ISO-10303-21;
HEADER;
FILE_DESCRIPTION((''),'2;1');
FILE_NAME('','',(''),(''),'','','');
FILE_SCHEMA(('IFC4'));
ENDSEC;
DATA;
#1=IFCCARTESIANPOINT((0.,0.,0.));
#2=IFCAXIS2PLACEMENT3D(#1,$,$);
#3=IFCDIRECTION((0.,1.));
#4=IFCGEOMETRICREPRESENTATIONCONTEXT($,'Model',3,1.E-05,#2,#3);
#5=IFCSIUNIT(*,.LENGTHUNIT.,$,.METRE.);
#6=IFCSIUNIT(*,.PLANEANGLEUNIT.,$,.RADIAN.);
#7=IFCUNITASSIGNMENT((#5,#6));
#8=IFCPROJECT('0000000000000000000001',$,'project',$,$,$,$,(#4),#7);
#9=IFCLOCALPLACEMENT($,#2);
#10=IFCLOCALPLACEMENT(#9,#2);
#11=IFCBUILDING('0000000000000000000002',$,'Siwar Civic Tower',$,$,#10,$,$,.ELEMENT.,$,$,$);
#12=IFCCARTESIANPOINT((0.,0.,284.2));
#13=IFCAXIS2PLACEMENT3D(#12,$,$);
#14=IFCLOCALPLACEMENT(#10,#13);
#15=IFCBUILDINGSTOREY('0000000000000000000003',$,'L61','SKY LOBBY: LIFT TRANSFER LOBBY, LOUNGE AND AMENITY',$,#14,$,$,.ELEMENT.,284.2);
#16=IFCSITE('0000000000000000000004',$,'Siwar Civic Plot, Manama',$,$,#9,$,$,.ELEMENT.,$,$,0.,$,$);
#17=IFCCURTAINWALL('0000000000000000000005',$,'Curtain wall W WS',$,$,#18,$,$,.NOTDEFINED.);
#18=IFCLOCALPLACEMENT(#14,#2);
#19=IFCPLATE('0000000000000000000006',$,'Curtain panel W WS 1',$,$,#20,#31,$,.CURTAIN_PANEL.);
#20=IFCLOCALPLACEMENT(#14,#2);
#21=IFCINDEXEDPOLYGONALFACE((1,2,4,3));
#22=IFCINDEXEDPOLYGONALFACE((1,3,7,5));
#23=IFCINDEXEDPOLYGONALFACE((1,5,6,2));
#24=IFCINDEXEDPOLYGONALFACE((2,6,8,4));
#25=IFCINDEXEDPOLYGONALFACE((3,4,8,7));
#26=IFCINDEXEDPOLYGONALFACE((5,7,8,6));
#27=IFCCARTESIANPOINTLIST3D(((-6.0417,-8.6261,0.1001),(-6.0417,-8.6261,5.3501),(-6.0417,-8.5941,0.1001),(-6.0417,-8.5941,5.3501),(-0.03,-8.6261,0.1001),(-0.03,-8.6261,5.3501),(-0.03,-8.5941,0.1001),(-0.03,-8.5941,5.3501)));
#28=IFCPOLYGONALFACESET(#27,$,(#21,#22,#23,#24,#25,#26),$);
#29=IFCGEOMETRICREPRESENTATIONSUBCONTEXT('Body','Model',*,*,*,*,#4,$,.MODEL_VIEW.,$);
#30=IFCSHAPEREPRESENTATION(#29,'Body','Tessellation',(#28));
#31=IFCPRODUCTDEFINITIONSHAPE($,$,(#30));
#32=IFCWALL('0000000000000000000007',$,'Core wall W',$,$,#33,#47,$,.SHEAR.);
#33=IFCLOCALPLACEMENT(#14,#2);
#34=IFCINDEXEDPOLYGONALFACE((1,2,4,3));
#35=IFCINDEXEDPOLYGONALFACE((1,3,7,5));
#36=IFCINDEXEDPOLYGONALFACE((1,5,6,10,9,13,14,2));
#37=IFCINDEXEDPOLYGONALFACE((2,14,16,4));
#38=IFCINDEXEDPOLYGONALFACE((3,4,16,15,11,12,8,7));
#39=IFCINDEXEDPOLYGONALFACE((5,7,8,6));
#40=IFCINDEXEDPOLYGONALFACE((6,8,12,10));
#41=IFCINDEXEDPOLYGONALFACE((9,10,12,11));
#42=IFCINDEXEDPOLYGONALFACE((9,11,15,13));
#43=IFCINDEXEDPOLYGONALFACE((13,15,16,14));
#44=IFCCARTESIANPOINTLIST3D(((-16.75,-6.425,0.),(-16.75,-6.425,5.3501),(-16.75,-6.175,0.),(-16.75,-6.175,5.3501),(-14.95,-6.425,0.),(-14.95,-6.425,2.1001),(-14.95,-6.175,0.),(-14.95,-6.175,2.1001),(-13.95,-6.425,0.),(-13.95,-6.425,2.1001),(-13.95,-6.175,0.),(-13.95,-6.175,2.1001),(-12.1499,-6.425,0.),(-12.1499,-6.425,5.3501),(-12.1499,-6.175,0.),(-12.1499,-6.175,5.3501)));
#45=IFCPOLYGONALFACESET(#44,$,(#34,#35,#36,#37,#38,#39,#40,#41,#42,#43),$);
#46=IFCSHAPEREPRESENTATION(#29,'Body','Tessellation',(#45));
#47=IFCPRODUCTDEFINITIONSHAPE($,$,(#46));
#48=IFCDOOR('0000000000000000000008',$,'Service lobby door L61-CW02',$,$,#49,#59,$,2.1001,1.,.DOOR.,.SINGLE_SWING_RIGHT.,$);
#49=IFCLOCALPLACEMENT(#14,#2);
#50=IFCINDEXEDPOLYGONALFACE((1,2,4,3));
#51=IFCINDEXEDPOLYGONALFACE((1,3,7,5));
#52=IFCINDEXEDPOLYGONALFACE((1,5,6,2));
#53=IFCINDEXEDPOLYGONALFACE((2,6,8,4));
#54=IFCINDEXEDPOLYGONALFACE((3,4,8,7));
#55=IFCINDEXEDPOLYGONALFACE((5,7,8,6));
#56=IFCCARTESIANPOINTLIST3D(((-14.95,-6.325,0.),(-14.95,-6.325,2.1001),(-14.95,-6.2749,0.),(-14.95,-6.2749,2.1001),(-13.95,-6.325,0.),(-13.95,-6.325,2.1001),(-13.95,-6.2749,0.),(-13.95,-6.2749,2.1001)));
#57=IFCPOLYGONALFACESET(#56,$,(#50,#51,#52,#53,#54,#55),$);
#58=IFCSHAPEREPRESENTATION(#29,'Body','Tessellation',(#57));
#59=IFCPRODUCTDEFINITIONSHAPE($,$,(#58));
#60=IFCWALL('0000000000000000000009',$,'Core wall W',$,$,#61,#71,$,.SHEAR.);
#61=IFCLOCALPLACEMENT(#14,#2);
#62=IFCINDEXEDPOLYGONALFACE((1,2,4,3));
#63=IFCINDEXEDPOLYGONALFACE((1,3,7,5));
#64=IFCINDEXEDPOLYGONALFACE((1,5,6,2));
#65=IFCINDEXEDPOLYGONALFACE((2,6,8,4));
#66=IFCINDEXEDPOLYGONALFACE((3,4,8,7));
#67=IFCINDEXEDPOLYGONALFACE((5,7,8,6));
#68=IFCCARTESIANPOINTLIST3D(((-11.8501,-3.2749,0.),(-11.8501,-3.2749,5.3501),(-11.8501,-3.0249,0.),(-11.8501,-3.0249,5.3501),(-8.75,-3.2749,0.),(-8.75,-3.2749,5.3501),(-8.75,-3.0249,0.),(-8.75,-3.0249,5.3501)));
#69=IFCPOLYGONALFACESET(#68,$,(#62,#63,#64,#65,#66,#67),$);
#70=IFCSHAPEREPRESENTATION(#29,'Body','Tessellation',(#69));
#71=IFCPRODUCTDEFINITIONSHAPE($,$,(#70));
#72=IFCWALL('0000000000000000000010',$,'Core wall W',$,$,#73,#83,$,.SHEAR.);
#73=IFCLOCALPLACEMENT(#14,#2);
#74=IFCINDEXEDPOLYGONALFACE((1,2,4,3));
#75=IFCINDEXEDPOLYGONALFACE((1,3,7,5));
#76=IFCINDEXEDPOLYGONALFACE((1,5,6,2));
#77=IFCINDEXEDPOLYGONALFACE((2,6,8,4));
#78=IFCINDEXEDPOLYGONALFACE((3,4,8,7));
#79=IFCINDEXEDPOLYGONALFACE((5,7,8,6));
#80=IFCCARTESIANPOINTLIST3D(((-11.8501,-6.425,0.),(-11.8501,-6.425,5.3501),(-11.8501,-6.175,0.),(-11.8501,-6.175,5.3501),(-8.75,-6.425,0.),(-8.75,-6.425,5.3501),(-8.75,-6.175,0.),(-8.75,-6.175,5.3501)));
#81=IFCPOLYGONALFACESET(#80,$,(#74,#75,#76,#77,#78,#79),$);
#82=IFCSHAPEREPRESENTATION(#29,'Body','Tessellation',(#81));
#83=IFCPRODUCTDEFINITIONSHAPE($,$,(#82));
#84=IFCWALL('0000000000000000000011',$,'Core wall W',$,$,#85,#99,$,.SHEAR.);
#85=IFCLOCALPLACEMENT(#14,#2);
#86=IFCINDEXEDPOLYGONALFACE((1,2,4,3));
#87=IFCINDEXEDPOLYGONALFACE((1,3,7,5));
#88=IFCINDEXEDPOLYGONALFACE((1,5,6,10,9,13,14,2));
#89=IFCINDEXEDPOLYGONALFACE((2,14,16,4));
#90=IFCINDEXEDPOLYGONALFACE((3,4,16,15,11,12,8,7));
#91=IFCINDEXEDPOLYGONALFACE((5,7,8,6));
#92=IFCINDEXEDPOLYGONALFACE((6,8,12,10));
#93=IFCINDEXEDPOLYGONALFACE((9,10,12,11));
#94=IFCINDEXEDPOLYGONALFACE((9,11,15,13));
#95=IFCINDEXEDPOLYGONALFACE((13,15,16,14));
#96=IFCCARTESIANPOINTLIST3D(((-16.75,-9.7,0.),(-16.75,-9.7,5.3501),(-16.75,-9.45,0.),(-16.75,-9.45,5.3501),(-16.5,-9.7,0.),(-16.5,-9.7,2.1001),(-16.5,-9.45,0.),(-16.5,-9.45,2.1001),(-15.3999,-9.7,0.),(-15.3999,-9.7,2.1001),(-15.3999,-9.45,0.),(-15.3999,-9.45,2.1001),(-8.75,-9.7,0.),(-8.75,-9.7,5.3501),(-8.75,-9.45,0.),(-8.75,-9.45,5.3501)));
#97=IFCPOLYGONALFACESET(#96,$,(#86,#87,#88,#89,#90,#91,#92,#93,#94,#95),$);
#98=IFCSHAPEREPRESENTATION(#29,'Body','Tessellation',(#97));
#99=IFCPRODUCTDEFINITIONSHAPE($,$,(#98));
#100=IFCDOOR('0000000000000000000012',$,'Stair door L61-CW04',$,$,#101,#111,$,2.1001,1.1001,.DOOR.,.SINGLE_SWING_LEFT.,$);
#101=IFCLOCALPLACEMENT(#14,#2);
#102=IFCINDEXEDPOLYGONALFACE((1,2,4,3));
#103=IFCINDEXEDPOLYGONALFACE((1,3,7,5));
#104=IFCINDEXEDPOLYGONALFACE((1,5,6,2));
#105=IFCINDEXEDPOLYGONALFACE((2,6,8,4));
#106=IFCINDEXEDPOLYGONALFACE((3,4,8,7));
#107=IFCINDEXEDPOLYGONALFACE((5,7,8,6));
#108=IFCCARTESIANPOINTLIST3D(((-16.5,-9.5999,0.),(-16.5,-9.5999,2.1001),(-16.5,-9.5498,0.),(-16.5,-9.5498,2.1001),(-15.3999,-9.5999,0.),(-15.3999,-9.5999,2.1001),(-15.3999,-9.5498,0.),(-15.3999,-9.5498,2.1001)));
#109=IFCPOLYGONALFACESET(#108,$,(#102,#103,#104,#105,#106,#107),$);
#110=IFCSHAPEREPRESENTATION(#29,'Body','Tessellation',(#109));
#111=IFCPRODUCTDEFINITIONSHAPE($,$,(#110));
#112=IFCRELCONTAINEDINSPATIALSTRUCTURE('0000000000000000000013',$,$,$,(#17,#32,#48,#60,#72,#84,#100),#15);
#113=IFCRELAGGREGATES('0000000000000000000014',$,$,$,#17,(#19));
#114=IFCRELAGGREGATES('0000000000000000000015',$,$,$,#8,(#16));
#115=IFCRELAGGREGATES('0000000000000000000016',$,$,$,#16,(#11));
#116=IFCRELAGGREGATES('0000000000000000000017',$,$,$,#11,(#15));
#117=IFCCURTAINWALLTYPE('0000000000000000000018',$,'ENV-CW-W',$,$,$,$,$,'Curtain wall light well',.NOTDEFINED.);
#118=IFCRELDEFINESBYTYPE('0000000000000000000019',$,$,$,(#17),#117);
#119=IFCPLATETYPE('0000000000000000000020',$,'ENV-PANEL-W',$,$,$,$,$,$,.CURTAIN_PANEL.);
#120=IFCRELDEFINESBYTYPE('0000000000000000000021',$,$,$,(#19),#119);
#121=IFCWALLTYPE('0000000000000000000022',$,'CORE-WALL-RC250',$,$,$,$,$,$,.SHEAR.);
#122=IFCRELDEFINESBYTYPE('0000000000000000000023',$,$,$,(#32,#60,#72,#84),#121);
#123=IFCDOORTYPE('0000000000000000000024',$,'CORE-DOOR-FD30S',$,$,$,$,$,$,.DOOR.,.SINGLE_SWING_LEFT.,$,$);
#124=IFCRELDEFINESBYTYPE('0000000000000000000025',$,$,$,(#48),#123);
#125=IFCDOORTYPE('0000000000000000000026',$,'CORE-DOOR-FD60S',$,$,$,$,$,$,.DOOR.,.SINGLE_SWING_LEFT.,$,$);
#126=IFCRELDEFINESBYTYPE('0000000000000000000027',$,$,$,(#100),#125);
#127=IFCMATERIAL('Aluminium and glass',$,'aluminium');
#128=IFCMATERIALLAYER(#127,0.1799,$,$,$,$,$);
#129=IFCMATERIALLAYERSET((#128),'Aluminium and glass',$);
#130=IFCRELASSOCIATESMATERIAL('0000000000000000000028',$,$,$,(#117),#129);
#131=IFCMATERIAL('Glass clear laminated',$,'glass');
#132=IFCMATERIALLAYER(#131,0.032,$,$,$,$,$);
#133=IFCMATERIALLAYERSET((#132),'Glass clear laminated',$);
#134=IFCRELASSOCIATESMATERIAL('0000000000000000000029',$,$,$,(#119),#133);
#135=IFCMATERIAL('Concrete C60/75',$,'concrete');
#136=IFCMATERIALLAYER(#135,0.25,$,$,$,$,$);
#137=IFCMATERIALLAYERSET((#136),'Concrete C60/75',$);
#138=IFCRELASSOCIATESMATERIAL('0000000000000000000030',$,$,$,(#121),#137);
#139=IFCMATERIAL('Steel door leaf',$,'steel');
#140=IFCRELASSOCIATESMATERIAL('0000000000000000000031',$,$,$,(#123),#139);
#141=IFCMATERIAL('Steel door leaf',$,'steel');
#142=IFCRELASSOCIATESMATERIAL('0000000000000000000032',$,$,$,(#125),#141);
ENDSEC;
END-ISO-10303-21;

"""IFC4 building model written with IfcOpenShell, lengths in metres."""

from ifc_helpers import new_model, si_unit, direction, frame, frame_2d, origin, origin_2d, place, context, subcontext, project, spatial, rectangle, extrude, material, layer, layer_set, type_object, element, fill, aggregate, save


model = new_model("IFC4")

# Units and contexts
model_context = context("Model", 3, precision=1e-05, world=origin(), true_north=direction((0.0, 1.0)))
body_context = subcontext(model_context, "Body", "Model", "MODEL_VIEW")
ifc_project = project(units=[si_unit("LENGTHUNIT", "METRE"), si_unit("PLANEANGLEUNIT", "RADIAN")], contexts=[model_context])

# Site, building, storey
site_placement = place(None, origin())
site = spatial("IfcSite", under=ifc_project, at=site_placement, Name="Siwar Civic Plot, Manama", CompositionType="ELEMENT", RefElevation=0.0)
building_placement = place(site_placement, origin())
building = spatial("IfcBuilding", under=site, at=building_placement, Name="Siwar Civic Tower", CompositionType="ELEMENT")
storey_placement = place(building_placement, frame((0.0, 0.0, 284.2)))
storey = spatial("IfcBuildingStorey", under=building, at=storey_placement, Name="L61", Description="SKY LOBBY: LIFT TRANSFER LOBBY, LOUNGE AND AMENITY", CompositionType="ELEMENT", Elevation=284.2)

# Curtain wall
ifc_material_1 = material(Name="Aluminium and glass", Category="aluminium")
ifc_layer_1 = layer(ifc_material_1, 0.1799)
ifc_layer_set_1 = layer_set([ifc_layer_1], Name="Aluminium and glass")
curtain_wall_type = type_object("IfcCurtainWallType", Name="ENV-CW-W", ElementType="Curtain wall light well", PredefinedType="NOTDEFINED", material=ifc_layer_set_1)
curtain_wall_placement = place(storey_placement, origin())
curtain_wall = element("IfcCurtainWall", 1, at=curtain_wall_placement, inside=storey, type_object=curtain_wall_type, Name="Curtain wall W WS", PredefinedType="NOTDEFINED")

# Plate
ifc_material_2 = material(Name="Glass clear laminated", Category="glass")
ifc_layer_2 = layer(ifc_material_2, 0.032)
ifc_layer_set_2 = layer_set([ifc_layer_2], Name="Glass clear laminated")
plate_type = type_object("IfcPlateType", Name="ENV-PANEL-W", PredefinedType="CURTAIN_PANEL", material=ifc_layer_set_2)
plate_placement = place(storey_placement, frame((-3.0359, -8.6101, 0.1001), z_axis=(0.0, 0.0, 1.0), x_axis=(1.0, 0.0, 0.0)))
plate = element("IfcPlate", 2, at=plate_placement, type_object=plate_type, Name="Curtain panel W WS 1", PredefinedType="CURTAIN_PANEL", context=body_context, shape_type="SweptSolid", body=[
    extrude(rectangle(XDim=6.0117, YDim=0.032, at=origin_2d()), origin(), (0.0, 0.0, 1.0), 5.25),
])
aggregate(curtain_wall, [plate])

# Wall, opening, door
ifc_material_3 = material(Name="Concrete C60/75", Category="concrete")
ifc_layer_3 = layer(ifc_material_3, 0.25)
ifc_layer_set_3 = layer_set([ifc_layer_3], Name="Concrete C60/75")
wall_type_1 = type_object("IfcWallType", Name="CORE-WALL-RC250", PredefinedType="SHEAR", material=ifc_layer_set_3)
wall_1_placement = place(storey_placement, frame((-12.1499, -6.3, 0.0), z_axis=(0.0, 0.0, 1.0), x_axis=(-1.0, 0.0, 0.0)))
wall_1 = element("IfcWall", 3, at=wall_1_placement, inside=storey, type_object=wall_type_1, Name="Core wall W", PredefinedType="SHEAR", context=body_context, shape_type="SweptSolid", body=[
    extrude(rectangle(XDim=4.6001, YDim=0.25, at=frame_2d((2.3, 0.0))), origin(), (0.0, 0.0, 1.0), 5.3501),
])
opening_1_placement = place(wall_1_placement, frame((1.8, 0.0, 0.0)))
opening_1 = element("IfcOpeningElement", 4, at=opening_1_placement, cuts=wall_1, PredefinedType="OPENING", context=body_context, shape_type="SweptSolid", body=[
    extrude(rectangle(XDim=1.0, YDim=2.1001, at=frame_2d((0.5, 1.05))), frame((0.0, 0.135, 0.0), z_axis=(0.0, -1.0, 0.0), x_axis=(1.0, 0.0, 0.0)), (0.0, 0.0, 1.0), 0.27),
])
ifc_material_4 = material(Name="Steel door leaf", Category="steel")
door_type_1 = type_object("IfcDoorType", Name="CORE-DOOR-FD30S", OperationType="SINGLE_SWING_LEFT", PredefinedType="DOOR", material=ifc_material_4)
door_1_placement = place(opening_1_placement, origin())
door_1 = element("IfcDoor", 5, at=door_1_placement, inside=storey, type_object=door_type_1, Name="Service lobby door L61-CW02", OperationType="SINGLE_SWING_RIGHT", OverallHeight=2.1001, OverallWidth=1.0, PredefinedType="DOOR", context=body_context, shape_type="SweptSolid", body=[
    extrude(rectangle(XDim=1.0, YDim=2.1001, at=frame_2d((0.5, 1.05))), frame((0.0, 0.0249, 0.0), z_axis=(0.0, -1.0, 0.0), x_axis=(1.0, 0.0, 0.0)), (0.0, 0.0, 1.0), 0.05),
])
fill(opening_1, door_1)

# Walls
for number, where, z_axis, x_axis, name in (
    (6, (-8.75, -3.1499, 0.0), (0.0, 0.0, 1.0), (-1.0, 0.0, 0.0), "Core wall W"),
    (7, (-8.75, -6.3, 0.0), (0.0, 0.0, 1.0), (-1.0, 0.0, 0.0), "Core wall W"),
):
    element("IfcWall", number, at=place(storey_placement, frame(where, z_axis=z_axis, x_axis=x_axis)), inside=storey, type_object=wall_type_1, Name=name, PredefinedType="SHEAR", context=body_context, shape_type="SweptSolid", body=[
        extrude(rectangle(XDim=3.1001, YDim=0.25, at=frame_2d((1.55, 0.0))), origin(), (0.0, 0.0, 1.0), 5.3501),
    ])

# Wall, opening, door
wall_2_placement = place(storey_placement, frame((-8.75, -9.575, 0.0), z_axis=(0.0, 0.0, 1.0), x_axis=(-1.0, 0.0, 0.0)))
wall_2 = element("IfcWall", 8, at=wall_2_placement, inside=storey, type_object=wall_type_1, Name="Core wall W", PredefinedType="SHEAR", context=body_context, shape_type="SweptSolid", body=[
    extrude(rectangle(XDim=8.0, YDim=0.25, at=frame_2d((4.0, 0.0))), origin(), (0.0, 0.0, 1.0), 5.3501),
])
opening_2_placement = place(wall_2_placement, frame((6.6499, 0.0, 0.0)))
opening_2 = element("IfcOpeningElement", 9, at=opening_2_placement, cuts=wall_2, PredefinedType="OPENING", context=body_context, shape_type="SweptSolid", body=[
    extrude(rectangle(XDim=1.1001, YDim=2.1001, at=frame_2d((0.55, 1.05))), frame((0.0, 0.135, 0.0), z_axis=(0.0, -1.0, 0.0), x_axis=(1.0, 0.0, 0.0)), (0.0, 0.0, 1.0), 0.27),
])
ifc_material_5 = material(Name="Steel door leaf", Category="steel")
door_type_2 = type_object("IfcDoorType", Name="CORE-DOOR-FD60S", OperationType="SINGLE_SWING_LEFT", PredefinedType="DOOR", material=ifc_material_5)
door_2_placement = place(opening_2_placement, origin())
door_2 = element("IfcDoor", 10, at=door_2_placement, inside=storey, type_object=door_type_2, Name="Stair door L61-CW04", OperationType="SINGLE_SWING_LEFT", OverallHeight=2.1001, OverallWidth=1.1001, PredefinedType="DOOR", context=body_context, shape_type="SweptSolid", body=[
    extrude(rectangle(XDim=1.1001, YDim=2.1001, at=frame_2d((0.55, 1.05))), frame((0.0, 0.0249, 0.0), z_axis=(0.0, -1.0, 0.0), x_axis=(1.0, 0.0, 0.0)), (0.0, 0.0, 1.0), 0.05),
])
fill(opening_2, door_2)

save(model, "model.ifc")
